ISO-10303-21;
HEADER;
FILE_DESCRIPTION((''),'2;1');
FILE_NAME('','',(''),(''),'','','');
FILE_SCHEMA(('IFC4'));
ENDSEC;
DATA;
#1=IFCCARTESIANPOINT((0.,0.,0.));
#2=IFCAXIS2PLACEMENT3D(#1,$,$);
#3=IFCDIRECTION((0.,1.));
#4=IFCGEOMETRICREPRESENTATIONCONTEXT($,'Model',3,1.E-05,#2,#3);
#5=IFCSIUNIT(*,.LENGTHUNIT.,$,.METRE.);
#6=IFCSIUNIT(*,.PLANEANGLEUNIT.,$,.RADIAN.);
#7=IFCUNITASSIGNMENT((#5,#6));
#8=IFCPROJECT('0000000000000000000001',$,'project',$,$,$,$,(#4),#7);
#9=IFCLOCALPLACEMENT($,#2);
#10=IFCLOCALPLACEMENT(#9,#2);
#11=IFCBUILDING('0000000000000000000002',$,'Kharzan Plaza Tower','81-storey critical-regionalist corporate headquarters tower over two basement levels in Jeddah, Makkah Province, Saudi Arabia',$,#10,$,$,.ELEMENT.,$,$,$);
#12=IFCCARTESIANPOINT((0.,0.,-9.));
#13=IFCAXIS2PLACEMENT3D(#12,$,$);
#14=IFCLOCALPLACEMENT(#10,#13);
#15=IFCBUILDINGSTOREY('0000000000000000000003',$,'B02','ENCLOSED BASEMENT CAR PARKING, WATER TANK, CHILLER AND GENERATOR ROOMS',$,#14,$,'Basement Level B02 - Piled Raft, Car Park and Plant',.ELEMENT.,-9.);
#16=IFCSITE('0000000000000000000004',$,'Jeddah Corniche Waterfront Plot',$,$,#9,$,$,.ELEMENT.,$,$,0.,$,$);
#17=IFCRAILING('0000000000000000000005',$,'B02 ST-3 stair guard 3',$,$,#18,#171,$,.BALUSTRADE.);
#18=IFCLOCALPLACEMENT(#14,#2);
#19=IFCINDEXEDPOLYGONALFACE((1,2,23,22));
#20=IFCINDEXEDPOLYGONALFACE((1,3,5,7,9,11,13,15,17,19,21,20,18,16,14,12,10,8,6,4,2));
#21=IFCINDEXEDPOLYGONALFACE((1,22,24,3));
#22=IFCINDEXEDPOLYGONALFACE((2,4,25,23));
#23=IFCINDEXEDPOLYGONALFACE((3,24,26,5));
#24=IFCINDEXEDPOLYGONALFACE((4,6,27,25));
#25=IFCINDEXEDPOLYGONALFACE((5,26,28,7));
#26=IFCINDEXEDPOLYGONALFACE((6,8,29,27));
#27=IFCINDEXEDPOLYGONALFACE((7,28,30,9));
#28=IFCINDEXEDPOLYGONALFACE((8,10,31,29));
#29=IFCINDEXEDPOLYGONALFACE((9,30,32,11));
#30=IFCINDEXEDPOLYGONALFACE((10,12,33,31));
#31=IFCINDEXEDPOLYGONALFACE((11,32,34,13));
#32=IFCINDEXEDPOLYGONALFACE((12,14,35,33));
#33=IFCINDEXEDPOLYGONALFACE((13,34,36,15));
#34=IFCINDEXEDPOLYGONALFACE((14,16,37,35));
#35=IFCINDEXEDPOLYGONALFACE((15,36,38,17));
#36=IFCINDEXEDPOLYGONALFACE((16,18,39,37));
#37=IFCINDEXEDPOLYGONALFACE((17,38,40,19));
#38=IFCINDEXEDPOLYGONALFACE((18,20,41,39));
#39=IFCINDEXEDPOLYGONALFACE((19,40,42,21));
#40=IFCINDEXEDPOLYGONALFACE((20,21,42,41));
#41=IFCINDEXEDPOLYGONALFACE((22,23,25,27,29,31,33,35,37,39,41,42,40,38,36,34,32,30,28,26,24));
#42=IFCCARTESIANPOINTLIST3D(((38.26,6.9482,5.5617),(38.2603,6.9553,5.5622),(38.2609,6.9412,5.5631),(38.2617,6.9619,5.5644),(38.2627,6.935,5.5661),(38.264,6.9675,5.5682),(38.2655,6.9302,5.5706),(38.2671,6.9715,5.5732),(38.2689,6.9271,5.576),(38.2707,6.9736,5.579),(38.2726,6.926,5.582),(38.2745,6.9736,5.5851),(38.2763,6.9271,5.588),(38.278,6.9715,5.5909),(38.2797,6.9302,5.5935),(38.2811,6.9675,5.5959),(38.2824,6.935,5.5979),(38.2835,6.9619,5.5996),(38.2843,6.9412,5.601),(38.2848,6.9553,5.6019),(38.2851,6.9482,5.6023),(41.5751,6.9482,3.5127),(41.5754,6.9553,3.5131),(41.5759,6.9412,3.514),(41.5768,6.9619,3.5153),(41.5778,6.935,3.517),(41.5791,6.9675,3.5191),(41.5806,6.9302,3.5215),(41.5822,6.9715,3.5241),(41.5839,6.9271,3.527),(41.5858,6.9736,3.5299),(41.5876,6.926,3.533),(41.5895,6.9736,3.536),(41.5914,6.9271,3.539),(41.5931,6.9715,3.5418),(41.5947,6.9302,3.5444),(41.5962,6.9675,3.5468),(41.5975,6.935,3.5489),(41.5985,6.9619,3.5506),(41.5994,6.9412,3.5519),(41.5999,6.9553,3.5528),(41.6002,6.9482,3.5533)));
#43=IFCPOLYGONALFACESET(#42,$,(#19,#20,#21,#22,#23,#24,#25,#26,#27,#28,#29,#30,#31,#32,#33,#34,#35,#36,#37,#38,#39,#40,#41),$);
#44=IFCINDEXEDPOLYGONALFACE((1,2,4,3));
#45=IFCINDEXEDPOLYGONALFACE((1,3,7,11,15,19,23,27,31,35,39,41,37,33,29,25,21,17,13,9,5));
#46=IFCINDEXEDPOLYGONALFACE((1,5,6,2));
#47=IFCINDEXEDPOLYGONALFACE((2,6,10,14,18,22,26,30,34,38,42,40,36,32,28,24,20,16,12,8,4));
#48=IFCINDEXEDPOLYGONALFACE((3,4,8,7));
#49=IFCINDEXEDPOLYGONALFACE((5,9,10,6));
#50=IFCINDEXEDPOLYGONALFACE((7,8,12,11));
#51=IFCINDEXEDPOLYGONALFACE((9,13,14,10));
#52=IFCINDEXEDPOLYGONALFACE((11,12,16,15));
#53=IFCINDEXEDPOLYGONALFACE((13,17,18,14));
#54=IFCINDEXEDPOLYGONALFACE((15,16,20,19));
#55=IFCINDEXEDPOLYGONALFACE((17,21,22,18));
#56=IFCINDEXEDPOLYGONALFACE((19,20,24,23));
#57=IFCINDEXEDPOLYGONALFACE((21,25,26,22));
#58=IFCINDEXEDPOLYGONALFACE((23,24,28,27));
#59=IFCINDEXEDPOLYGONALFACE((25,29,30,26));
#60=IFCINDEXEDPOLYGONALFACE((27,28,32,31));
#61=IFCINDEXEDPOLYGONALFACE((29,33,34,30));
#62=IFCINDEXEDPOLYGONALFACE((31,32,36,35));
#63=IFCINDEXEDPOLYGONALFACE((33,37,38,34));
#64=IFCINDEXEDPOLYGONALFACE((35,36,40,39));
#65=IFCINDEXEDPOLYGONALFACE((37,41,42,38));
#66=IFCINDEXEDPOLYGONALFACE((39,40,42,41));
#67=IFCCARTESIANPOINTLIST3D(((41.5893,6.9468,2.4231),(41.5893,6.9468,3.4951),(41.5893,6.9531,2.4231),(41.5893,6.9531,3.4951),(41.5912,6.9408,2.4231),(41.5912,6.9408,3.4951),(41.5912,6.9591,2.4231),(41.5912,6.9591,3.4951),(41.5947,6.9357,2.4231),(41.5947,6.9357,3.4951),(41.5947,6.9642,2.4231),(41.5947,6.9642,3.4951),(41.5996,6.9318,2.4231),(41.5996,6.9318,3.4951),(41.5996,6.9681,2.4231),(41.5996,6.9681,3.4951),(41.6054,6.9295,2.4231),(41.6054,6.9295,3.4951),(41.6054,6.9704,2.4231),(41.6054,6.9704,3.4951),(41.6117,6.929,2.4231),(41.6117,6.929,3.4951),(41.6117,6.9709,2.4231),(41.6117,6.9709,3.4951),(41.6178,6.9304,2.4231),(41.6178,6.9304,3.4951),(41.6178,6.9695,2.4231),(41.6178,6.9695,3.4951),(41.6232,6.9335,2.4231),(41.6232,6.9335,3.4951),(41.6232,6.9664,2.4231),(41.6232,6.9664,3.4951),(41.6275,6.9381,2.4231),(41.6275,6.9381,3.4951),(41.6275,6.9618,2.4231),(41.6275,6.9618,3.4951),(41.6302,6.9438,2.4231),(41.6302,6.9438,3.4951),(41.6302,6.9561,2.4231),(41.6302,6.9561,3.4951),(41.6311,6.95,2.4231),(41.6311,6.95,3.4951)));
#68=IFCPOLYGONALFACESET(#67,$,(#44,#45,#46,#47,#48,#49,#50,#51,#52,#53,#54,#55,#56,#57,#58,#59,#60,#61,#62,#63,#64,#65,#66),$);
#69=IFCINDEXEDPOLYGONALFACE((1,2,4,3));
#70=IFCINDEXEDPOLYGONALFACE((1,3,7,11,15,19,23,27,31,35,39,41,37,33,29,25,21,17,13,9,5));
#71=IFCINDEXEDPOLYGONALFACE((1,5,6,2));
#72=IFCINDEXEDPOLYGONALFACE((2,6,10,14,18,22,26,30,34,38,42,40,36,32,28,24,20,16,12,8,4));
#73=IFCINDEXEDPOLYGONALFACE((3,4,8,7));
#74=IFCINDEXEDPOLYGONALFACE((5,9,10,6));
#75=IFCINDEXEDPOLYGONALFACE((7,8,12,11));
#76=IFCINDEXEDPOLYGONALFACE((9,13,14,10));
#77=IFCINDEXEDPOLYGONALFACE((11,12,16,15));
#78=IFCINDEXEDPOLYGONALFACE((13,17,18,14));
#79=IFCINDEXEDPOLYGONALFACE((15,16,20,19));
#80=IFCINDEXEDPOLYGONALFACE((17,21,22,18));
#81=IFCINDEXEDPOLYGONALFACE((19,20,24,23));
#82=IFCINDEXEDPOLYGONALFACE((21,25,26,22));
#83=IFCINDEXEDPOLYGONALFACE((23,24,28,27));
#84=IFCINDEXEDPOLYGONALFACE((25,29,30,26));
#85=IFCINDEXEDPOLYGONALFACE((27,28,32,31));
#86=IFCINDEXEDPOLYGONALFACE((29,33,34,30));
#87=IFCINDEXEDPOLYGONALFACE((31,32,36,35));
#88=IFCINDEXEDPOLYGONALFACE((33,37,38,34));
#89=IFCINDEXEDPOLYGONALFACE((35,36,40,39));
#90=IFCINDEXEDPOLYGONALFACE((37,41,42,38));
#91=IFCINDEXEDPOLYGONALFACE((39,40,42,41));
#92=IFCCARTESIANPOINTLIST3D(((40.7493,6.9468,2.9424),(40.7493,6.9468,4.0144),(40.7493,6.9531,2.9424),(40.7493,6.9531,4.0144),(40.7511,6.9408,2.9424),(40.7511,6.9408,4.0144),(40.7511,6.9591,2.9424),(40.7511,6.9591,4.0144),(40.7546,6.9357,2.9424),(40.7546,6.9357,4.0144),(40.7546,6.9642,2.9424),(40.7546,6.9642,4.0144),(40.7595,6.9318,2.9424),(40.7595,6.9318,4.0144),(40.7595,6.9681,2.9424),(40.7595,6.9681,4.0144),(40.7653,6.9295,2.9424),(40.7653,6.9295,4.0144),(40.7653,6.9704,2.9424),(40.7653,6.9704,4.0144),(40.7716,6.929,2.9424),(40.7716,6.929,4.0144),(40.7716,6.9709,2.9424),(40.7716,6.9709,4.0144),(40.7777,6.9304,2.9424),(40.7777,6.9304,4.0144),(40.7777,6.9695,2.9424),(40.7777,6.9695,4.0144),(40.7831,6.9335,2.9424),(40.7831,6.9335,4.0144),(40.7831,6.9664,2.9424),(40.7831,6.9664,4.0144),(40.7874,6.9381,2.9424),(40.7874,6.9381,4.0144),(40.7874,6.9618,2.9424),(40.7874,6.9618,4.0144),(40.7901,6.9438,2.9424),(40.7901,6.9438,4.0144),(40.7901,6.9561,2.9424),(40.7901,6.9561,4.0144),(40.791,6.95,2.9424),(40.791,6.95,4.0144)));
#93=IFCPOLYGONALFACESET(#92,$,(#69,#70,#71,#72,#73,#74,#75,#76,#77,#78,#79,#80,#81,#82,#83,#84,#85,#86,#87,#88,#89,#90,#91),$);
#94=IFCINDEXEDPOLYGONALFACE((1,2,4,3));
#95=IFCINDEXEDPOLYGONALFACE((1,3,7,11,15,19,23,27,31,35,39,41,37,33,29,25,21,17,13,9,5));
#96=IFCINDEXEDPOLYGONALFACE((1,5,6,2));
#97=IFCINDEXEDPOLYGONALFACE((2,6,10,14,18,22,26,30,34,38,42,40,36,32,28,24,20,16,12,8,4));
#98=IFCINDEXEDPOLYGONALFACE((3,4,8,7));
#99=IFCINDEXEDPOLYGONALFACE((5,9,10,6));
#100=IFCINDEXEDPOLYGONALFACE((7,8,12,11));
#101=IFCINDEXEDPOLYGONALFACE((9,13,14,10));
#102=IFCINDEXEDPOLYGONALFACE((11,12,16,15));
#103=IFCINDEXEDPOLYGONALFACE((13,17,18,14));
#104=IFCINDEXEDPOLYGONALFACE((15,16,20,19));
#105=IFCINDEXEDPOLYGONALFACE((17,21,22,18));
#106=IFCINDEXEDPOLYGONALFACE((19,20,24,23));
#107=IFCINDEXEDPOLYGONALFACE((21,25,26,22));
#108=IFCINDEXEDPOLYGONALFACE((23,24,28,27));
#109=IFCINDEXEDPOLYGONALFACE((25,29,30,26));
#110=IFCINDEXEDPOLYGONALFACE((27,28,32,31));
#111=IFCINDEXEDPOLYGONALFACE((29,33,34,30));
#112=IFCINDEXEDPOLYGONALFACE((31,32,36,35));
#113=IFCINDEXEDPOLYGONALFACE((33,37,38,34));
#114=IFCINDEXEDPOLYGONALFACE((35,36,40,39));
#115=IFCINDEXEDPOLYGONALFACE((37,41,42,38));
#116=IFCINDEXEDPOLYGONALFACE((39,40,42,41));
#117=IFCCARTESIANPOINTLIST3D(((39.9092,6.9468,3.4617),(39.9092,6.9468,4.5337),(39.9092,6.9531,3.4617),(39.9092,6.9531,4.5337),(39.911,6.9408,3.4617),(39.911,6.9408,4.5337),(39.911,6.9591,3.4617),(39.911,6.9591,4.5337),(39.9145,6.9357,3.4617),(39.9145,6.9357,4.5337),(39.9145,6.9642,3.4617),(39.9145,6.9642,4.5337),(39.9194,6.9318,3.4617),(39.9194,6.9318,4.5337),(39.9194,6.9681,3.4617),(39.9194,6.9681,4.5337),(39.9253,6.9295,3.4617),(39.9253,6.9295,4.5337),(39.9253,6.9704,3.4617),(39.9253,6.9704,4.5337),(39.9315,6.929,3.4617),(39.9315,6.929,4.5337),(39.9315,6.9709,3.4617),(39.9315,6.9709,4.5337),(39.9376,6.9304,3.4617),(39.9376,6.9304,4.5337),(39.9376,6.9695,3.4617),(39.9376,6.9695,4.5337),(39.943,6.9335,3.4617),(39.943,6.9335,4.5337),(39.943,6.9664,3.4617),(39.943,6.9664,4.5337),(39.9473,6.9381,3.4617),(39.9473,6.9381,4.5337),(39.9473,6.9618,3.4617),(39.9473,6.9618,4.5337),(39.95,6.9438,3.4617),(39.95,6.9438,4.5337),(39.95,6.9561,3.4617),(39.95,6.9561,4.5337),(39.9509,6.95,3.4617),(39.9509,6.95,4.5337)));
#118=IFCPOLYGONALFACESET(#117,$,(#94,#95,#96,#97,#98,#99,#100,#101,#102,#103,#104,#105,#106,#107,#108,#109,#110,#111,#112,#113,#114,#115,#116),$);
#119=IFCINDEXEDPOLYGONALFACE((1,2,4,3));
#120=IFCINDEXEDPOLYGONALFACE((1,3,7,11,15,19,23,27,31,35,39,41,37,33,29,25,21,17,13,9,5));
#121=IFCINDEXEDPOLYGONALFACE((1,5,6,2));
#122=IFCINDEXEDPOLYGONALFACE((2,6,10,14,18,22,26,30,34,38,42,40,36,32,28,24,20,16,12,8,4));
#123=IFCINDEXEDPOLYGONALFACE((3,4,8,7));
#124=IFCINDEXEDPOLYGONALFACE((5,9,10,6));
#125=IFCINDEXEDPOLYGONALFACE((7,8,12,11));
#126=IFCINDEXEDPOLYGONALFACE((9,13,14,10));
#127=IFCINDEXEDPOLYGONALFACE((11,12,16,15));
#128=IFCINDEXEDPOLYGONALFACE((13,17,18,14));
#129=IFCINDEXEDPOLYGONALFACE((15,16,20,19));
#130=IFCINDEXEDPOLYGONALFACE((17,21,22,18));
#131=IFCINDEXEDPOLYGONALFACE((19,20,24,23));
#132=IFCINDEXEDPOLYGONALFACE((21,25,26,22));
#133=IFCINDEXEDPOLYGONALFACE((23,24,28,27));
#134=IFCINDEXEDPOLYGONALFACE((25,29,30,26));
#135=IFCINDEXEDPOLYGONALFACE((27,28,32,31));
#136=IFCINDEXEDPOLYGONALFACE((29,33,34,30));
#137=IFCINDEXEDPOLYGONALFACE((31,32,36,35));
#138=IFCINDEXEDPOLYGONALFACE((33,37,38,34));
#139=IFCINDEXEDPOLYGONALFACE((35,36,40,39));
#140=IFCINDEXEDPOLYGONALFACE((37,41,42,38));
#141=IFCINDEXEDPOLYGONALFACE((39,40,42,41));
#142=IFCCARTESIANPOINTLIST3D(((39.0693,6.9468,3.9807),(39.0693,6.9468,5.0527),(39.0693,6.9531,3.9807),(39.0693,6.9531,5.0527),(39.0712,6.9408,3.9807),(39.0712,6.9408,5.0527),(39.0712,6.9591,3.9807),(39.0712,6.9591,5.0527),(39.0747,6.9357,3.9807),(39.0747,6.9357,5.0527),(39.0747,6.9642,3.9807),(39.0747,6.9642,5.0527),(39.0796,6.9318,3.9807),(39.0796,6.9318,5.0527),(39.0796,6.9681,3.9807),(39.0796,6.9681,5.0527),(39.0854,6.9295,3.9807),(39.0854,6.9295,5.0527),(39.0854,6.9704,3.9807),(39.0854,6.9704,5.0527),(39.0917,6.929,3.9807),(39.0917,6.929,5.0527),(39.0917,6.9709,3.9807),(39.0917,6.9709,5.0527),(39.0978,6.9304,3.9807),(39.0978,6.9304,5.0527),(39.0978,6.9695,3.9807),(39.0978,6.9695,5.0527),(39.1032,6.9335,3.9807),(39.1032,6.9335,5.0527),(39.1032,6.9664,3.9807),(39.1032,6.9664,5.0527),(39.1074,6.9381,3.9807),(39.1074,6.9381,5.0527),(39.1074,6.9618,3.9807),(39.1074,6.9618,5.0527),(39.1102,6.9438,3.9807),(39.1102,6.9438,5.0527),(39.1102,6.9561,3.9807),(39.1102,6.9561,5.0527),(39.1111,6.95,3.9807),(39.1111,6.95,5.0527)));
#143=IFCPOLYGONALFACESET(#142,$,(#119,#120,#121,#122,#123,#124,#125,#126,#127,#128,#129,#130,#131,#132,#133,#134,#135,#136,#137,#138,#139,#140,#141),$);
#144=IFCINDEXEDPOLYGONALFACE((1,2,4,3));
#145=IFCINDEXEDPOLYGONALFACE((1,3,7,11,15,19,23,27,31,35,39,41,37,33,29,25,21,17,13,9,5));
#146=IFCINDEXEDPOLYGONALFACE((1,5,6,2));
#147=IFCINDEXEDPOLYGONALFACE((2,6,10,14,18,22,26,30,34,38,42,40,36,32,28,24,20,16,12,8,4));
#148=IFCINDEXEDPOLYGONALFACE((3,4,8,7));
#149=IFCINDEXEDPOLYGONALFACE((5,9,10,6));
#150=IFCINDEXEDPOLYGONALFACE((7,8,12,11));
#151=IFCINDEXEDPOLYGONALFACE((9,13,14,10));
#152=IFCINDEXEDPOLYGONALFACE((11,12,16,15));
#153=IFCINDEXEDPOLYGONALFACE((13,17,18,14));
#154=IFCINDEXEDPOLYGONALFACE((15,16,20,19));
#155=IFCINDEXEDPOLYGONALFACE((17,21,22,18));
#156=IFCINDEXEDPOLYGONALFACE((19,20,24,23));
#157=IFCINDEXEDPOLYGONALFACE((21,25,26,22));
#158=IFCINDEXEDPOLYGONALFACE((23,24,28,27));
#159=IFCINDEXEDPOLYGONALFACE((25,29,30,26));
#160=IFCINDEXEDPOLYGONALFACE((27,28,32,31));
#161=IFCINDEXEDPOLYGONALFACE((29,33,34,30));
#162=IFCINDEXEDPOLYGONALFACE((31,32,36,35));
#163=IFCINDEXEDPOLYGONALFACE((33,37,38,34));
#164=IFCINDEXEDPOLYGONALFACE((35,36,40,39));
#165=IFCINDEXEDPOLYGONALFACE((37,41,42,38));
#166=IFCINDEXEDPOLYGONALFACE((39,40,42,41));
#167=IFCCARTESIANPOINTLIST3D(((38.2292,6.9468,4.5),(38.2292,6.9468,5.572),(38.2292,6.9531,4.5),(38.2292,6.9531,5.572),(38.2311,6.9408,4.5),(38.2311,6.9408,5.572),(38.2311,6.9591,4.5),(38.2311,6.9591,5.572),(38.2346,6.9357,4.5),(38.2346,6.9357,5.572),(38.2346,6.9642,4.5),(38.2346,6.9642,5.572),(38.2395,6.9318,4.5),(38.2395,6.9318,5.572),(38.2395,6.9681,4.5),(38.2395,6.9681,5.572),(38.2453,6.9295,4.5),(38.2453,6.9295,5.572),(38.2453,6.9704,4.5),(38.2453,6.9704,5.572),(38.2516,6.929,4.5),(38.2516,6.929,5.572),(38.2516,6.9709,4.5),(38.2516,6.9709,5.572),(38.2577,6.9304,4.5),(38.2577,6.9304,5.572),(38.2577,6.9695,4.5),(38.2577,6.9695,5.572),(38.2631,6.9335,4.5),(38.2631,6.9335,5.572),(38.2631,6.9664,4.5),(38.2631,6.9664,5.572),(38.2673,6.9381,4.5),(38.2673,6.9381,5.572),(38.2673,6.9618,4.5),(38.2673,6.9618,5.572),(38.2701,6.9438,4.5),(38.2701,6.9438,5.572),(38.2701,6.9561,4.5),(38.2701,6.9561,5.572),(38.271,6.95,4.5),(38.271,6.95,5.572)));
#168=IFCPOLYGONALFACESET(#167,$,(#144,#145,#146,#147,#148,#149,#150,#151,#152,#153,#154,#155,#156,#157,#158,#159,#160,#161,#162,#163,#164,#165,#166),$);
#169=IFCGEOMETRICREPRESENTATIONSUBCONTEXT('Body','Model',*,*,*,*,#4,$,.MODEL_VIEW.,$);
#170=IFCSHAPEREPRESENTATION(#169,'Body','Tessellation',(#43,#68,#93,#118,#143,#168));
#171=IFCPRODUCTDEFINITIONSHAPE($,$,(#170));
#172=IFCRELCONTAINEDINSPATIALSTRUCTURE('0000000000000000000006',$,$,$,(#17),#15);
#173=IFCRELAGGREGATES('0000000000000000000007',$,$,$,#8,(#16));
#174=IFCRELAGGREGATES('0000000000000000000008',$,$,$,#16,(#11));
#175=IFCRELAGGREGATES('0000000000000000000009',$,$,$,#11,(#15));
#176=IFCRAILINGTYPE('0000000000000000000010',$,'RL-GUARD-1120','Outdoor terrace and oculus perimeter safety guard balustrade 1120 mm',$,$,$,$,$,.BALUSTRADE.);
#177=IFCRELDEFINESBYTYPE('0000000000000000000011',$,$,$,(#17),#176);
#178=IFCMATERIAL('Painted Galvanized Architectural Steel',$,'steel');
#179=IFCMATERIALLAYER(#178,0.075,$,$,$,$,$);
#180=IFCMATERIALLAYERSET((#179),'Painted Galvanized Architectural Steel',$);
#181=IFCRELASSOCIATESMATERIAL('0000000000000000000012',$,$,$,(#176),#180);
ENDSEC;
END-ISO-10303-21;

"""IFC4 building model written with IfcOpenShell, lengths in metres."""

from ifc_helpers import new_model, si_unit, direction, frame, origin, origin_2d, place, context, subcontext, project, spatial, circle, extrude, source, transform, mapped, material, layer, layer_set, type_object, element, save


model = new_model("IFC4")

# Units and contexts
model_context = context("Model", 3, precision=1e-05, world=origin(), true_north=direction((0.0, 1.0)))
body_context = subcontext(model_context, "Body", "Model", "MODEL_VIEW")
ifc_project = project(units=[si_unit("LENGTHUNIT", "METRE"), si_unit("PLANEANGLEUNIT", "RADIAN")], contexts=[model_context])

# Site, building, storey
site_placement = place(None, origin())
site = spatial("IfcSite", under=ifc_project, at=site_placement, Name="Jeddah Corniche Waterfront Plot", CompositionType="ELEMENT", RefElevation=0.0)
building_placement = place(site_placement, origin())
building = spatial("IfcBuilding", under=site, at=building_placement, Name="Kharzan Plaza Tower", Description="81-storey critical-regionalist corporate headquarters tower over two basement levels in Jeddah, Makkah Province, Saudi Arabia", CompositionType="ELEMENT")
storey_placement = place(building_placement, frame((0.0, 0.0, -9.0)))
storey = spatial("IfcBuildingStorey", under=building, at=storey_placement, Name="B02", Description="ENCLOSED BASEMENT CAR PARKING, WATER TANK, CHILLER AND GENERATOR ROOMS", LongName="Basement Level B02 - Piled Raft, Car Park and Plant", CompositionType="ELEMENT", Elevation=-9.0)

# Railing
ifc_material_1 = material(Name="Painted Galvanized Architectural Steel", Category="steel")
ifc_layer_1 = layer(ifc_material_1, 0.075)
ifc_layer_set_1 = layer_set([ifc_layer_1], Name="Painted Galvanized Architectural Steel")
railing_type_1 = type_object("IfcRailingType", Name="RL-GUARD-1120", Description="Outdoor terrace and oculus perimeter safety guard balustrade 1120 mm", PredefinedType="BALUSTRADE", material=ifc_layer_set_1)
shared_shape_1 = source(origin(), body_context, "Body", "SweptSolid", [
    extrude(circle(Radius=0.0239, at=origin_2d()), frame((-0.0225, 0.0, 1.1099), z_axis=(-0.850623, 0.0, 0.525776), x_axis=(0.0, -1.0, 0.0)), (0.0, 0.0, 1.0), 3.8972),
    extrude(circle(Radius=0.021, at=origin_2d()), origin(), (0.0, 0.0, 1.0), 1.072),
    extrude(circle(Radius=0.021, at=origin_2d()), frame((-0.8401, 0.0, 0.5193)), (0.0, 0.0, 1.0), 1.072),
    extrude(circle(Radius=0.021, at=origin_2d()), frame((-1.6802, 0.0, 1.0386)), (0.0, 0.0, 1.0), 1.072),
    extrude(circle(Radius=0.021, at=origin_2d()), frame((-2.52, 0.0, 1.5576)), (0.0, 0.0, 1.0), 1.072),
    extrude(circle(Radius=0.021, at=origin_2d()), frame((-3.3601, 0.0, 2.0769)), (0.0, 0.0, 1.0), 1.072),
])
railing_1_placement = place(storey_placement, frame((41.6101, 6.95, 2.4231)))
element("IfcRailing", 1, at=railing_1_placement, inside=storey, type_object=railing_type_1, Name="B02 ST-3 stair guard 3", PredefinedType="BALUSTRADE", context=body_context, shape_type="MappedRepresentation", body=[
    mapped(shared_shape_1, transform((0.0, 0.0, 0.0), x_axis=(1.0, 0.0, 0.0), y_axis=(0.0, 1.0, 0.0), z_axis=(0.0, 0.0, 1.0))),
])

save(model, "model.ifc")
